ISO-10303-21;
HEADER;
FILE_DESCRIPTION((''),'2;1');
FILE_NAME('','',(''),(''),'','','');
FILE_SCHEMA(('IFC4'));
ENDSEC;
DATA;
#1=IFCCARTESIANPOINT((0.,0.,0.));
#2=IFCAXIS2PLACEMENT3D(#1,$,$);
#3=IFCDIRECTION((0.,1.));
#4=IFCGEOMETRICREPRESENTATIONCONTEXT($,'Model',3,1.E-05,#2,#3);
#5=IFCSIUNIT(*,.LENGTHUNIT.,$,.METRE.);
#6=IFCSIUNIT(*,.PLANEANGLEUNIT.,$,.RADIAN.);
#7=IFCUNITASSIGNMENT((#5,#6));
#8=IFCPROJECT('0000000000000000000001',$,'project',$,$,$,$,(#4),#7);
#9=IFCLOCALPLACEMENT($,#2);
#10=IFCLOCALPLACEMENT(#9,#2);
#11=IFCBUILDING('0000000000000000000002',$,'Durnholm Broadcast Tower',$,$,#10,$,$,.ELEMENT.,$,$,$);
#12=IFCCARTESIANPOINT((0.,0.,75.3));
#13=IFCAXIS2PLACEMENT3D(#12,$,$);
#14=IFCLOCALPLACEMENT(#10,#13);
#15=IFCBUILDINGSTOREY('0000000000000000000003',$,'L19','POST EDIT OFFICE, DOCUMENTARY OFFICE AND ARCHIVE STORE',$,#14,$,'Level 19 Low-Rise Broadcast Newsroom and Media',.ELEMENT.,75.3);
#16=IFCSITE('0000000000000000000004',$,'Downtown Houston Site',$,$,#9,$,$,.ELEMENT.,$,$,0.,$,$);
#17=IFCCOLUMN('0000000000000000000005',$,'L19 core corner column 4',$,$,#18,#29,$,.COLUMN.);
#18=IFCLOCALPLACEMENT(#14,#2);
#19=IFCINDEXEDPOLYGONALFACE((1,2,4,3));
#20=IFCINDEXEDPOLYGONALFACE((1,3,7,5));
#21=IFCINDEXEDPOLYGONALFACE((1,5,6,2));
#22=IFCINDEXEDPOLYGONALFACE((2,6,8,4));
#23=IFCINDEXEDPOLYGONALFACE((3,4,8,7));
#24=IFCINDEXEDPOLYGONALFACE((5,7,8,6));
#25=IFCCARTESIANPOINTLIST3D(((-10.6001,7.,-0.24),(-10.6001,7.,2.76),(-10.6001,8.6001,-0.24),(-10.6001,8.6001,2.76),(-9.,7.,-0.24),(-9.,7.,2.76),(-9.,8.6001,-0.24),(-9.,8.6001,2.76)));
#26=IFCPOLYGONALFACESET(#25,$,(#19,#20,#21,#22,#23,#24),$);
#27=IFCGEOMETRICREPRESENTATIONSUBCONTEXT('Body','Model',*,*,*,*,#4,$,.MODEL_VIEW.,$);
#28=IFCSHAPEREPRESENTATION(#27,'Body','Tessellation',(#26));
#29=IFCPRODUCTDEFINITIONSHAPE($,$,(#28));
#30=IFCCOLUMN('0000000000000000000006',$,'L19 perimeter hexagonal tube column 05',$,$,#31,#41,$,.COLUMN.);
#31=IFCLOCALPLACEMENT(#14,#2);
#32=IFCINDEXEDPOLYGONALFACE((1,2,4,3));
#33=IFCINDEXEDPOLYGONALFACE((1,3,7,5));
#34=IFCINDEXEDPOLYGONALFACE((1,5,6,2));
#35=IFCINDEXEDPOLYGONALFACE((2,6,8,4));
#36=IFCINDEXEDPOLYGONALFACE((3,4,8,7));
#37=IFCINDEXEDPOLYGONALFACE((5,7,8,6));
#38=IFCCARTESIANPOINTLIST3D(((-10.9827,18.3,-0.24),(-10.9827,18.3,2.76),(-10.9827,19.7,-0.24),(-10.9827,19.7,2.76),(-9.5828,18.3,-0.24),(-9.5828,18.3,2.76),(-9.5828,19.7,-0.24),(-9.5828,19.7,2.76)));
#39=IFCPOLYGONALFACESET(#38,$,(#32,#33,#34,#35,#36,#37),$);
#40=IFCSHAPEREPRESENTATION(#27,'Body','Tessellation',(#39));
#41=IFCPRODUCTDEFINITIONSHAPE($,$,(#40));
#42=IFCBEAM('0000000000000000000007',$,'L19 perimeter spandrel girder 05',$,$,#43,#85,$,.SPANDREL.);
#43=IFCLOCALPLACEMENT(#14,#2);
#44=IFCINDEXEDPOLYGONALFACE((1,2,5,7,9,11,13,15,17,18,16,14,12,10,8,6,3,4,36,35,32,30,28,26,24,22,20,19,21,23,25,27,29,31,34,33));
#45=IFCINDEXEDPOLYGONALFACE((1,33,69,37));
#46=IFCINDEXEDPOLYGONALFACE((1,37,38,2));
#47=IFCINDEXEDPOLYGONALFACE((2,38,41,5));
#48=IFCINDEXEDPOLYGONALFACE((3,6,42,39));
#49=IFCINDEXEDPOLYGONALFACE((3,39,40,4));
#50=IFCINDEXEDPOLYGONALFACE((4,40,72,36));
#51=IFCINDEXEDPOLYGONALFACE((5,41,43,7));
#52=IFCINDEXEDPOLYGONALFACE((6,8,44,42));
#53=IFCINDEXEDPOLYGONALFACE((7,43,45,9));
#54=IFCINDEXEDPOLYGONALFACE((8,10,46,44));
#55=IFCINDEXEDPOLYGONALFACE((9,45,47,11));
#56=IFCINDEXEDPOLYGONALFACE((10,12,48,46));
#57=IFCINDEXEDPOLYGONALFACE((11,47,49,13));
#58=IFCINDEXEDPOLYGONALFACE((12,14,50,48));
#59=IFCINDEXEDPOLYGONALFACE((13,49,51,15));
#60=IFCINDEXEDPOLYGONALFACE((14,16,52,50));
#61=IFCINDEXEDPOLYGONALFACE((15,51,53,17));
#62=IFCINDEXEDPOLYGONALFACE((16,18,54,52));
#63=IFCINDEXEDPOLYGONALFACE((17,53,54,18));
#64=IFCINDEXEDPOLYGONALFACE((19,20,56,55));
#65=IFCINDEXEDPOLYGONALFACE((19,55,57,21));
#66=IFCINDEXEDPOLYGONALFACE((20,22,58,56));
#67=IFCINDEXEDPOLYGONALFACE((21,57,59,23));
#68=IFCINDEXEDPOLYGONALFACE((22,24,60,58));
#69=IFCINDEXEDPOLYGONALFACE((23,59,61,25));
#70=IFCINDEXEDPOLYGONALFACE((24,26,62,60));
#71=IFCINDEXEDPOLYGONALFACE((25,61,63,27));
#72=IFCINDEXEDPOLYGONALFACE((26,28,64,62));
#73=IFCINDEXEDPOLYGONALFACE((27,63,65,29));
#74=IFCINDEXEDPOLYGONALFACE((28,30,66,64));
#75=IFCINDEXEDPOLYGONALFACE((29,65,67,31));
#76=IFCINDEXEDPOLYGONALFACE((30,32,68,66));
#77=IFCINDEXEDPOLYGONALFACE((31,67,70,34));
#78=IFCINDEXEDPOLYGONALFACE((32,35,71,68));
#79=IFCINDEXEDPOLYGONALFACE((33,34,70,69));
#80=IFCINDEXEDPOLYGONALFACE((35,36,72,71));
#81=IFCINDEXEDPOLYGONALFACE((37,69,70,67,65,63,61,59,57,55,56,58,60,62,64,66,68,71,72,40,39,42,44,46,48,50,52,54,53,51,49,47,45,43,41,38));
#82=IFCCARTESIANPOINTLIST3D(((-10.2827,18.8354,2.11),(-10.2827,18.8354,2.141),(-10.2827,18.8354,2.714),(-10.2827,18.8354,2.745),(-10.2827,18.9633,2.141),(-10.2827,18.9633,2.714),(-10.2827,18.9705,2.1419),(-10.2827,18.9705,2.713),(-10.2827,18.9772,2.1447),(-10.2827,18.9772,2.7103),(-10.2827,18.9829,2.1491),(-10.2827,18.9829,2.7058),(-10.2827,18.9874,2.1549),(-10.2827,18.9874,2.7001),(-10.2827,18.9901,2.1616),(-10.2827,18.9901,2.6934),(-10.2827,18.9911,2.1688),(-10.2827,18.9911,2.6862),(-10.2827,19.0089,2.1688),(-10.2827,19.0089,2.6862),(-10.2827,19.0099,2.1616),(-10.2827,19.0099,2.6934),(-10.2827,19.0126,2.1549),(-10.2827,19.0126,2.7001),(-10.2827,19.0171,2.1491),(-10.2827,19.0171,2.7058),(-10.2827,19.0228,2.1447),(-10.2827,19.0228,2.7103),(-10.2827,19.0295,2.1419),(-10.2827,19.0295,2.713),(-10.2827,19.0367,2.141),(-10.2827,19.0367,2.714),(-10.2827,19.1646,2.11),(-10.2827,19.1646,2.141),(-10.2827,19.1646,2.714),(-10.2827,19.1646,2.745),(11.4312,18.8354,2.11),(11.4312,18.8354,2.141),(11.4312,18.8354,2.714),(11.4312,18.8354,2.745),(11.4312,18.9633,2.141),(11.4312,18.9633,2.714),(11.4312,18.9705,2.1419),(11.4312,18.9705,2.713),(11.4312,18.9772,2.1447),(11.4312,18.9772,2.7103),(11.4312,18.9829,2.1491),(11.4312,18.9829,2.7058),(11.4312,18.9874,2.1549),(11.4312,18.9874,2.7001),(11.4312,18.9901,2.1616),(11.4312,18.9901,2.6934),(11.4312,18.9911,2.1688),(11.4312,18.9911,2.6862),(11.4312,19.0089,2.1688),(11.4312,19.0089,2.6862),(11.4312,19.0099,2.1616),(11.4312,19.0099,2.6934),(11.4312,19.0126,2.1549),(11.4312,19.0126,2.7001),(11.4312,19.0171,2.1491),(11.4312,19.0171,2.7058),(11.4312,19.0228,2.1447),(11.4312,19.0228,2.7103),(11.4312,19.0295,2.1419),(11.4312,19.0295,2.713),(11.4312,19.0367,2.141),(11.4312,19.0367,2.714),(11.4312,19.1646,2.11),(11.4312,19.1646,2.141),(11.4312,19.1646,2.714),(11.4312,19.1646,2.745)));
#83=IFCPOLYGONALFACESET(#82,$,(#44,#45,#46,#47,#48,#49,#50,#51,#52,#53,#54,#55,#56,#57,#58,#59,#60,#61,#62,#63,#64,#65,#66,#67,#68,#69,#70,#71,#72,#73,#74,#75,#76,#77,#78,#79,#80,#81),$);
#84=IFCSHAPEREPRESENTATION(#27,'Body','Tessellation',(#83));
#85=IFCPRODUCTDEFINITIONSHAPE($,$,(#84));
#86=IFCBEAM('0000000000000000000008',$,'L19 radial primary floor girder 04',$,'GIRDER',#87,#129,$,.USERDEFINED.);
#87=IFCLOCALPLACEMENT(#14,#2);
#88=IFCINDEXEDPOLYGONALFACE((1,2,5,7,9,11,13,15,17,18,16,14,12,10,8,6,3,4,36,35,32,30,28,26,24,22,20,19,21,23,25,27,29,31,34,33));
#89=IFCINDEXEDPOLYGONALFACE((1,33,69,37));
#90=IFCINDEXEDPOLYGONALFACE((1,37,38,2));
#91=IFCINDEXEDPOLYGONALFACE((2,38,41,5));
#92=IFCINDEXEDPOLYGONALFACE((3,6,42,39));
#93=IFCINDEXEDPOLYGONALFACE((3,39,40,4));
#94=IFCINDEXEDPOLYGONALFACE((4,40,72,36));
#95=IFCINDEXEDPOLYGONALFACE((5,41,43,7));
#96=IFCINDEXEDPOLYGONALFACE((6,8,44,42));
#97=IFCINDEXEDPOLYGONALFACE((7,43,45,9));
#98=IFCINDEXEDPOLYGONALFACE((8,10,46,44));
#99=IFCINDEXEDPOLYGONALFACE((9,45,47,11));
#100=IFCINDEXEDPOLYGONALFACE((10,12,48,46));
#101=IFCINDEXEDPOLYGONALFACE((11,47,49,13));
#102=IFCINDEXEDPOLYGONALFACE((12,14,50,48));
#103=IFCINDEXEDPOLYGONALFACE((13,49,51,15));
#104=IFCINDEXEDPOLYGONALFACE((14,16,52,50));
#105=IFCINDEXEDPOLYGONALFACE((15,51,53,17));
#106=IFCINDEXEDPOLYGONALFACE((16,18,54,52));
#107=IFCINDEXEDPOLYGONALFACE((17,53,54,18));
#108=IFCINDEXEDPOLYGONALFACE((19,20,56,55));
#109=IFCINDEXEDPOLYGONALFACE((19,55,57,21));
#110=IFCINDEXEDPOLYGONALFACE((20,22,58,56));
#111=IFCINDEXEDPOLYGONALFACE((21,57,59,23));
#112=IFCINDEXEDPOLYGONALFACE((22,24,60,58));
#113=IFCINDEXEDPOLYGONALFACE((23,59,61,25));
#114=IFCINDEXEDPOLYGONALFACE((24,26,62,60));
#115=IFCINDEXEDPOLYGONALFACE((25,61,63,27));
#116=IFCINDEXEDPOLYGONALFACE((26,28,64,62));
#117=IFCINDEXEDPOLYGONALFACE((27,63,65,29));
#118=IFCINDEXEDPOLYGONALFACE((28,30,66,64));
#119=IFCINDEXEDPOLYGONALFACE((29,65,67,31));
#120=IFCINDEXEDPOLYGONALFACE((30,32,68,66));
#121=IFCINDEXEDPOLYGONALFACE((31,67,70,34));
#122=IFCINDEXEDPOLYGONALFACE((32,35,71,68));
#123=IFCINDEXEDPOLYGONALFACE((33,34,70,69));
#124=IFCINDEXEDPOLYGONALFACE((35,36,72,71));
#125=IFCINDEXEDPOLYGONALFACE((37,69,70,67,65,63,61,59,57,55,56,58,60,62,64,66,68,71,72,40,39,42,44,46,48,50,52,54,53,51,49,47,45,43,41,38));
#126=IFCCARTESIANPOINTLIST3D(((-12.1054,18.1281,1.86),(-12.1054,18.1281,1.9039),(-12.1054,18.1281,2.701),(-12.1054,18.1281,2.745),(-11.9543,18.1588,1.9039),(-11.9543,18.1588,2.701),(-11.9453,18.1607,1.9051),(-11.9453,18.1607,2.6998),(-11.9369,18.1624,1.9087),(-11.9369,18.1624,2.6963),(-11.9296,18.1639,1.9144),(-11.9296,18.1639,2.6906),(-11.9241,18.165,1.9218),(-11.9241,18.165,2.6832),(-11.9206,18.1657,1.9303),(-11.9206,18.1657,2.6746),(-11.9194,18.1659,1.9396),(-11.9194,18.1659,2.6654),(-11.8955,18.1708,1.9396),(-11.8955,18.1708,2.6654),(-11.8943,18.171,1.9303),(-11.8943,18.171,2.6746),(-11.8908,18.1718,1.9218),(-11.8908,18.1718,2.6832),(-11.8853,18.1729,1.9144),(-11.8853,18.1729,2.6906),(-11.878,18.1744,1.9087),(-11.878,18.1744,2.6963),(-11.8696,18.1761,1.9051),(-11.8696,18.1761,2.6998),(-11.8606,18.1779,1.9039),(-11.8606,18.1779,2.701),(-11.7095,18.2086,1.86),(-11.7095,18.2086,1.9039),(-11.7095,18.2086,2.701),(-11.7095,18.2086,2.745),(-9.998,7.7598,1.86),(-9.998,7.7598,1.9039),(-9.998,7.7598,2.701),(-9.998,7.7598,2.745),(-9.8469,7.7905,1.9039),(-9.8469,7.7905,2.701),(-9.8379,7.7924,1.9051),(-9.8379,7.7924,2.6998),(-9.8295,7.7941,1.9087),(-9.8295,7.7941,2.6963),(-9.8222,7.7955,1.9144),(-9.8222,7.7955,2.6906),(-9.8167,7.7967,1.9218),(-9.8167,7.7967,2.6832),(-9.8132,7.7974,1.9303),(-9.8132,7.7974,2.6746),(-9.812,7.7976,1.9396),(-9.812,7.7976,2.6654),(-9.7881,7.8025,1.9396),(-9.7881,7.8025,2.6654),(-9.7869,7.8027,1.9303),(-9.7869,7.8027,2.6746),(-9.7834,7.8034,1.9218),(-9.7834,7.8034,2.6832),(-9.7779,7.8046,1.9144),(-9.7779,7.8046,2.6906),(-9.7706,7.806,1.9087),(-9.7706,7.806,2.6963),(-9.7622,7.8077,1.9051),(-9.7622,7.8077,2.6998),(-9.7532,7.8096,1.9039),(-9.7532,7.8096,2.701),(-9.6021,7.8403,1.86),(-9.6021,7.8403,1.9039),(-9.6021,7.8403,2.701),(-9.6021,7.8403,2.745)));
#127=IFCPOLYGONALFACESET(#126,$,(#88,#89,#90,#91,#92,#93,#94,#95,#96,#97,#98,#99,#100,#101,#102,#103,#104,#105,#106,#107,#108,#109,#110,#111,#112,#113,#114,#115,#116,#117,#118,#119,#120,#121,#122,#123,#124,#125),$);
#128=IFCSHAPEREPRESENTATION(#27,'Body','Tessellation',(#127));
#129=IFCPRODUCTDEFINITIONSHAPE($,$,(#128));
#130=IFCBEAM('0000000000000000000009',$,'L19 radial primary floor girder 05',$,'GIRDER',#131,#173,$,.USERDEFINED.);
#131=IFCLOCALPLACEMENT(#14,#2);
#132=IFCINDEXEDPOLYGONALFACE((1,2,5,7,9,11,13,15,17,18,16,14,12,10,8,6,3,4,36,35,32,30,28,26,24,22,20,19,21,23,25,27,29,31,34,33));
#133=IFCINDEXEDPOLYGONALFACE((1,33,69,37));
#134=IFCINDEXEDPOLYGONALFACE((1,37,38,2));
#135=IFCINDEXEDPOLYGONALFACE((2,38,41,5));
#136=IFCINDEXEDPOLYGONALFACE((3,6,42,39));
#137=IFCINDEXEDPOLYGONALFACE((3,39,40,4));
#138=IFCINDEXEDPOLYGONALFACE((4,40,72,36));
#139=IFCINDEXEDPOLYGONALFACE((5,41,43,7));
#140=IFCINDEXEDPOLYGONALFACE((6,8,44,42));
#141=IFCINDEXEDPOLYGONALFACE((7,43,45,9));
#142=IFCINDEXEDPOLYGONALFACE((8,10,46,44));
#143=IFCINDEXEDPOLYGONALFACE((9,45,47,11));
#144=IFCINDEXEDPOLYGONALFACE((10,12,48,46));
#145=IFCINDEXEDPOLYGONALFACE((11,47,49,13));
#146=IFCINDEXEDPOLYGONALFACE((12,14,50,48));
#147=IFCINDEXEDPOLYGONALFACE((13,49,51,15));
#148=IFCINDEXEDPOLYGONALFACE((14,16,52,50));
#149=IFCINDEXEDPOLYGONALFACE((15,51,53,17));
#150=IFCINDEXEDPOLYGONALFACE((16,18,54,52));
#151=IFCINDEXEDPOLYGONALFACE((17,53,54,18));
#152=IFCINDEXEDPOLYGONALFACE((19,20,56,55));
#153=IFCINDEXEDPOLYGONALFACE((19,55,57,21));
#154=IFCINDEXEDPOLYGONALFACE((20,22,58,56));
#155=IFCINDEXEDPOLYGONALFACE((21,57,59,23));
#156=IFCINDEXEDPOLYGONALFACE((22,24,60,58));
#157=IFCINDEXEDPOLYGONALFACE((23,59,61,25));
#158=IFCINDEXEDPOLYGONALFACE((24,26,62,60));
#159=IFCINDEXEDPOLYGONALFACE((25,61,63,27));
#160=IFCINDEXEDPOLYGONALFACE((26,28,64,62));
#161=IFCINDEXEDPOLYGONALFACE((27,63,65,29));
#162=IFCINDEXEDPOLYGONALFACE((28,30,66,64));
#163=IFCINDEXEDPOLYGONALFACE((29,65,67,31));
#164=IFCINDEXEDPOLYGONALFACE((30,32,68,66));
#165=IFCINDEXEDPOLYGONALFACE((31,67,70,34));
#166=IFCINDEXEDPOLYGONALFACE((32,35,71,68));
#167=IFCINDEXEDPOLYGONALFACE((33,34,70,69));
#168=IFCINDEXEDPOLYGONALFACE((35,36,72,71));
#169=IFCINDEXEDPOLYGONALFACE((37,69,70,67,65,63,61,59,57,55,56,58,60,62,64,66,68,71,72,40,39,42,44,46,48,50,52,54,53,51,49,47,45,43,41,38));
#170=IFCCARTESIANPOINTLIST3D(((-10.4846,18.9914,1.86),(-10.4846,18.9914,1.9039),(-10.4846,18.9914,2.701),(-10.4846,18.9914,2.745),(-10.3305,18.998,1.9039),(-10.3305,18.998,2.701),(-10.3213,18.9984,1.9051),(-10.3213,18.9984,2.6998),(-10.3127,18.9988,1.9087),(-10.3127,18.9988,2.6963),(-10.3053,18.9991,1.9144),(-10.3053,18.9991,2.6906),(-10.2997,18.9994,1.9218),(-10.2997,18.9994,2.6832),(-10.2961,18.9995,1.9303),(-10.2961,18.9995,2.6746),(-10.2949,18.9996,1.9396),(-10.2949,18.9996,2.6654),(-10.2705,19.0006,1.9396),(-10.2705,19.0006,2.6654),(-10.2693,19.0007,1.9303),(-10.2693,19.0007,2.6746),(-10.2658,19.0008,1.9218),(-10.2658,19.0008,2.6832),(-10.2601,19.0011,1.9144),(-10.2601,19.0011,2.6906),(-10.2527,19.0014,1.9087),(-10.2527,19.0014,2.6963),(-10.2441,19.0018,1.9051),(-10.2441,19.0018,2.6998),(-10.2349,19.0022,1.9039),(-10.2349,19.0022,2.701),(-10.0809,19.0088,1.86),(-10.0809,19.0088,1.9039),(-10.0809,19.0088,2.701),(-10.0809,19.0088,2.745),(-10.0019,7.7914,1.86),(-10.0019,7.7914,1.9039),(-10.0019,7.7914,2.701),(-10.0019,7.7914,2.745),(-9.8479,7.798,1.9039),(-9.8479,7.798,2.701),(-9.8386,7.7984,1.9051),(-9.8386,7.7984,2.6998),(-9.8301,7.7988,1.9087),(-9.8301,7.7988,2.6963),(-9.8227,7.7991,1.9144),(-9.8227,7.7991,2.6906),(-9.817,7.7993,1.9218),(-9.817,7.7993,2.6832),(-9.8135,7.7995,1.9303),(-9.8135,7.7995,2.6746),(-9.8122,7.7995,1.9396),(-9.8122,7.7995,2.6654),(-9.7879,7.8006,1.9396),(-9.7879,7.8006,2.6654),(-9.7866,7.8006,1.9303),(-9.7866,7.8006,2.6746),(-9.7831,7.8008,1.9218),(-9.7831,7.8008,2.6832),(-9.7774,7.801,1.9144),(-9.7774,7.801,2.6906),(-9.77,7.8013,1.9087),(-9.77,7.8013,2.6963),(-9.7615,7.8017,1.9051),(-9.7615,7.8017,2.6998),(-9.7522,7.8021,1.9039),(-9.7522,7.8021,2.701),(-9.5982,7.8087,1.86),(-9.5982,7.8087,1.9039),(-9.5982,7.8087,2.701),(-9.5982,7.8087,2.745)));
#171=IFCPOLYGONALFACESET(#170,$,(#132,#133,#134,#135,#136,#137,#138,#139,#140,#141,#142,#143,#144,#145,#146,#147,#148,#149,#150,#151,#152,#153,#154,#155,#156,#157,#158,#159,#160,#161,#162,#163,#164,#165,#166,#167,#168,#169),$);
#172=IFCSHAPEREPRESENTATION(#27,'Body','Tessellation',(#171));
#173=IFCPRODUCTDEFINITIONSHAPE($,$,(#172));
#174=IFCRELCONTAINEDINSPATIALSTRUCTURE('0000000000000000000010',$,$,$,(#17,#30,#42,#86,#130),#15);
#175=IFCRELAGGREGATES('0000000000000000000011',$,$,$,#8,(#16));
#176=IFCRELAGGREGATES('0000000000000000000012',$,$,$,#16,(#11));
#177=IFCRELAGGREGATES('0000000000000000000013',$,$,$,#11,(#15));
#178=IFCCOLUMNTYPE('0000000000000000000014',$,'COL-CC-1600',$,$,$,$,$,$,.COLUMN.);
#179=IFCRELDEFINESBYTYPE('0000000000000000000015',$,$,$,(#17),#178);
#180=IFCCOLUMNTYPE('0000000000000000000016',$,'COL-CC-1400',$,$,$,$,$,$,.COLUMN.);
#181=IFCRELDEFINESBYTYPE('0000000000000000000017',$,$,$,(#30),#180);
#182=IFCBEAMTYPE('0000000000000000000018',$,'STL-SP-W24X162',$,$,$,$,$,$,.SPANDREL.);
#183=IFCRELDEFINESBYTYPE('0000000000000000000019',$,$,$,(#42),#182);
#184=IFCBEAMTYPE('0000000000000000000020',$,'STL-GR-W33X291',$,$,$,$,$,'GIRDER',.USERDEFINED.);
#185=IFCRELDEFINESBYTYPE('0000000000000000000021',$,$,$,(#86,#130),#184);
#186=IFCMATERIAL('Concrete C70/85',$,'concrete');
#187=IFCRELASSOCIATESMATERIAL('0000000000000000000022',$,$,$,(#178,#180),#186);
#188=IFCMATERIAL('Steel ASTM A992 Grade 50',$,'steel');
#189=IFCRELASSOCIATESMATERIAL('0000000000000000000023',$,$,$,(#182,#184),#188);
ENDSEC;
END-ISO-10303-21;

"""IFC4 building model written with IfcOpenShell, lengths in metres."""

from ifc_helpers import new_model, si_unit, direction, frame, origin, origin_2d, place, context, subcontext, project, spatial, rectangle, i_section, extrude, source, transform, mapped, material, material_profile, profile_set, type_object, type_shapes, element, save


model = new_model("IFC4")

# Units and contexts
model_context = context("Model", 3, precision=1e-05, world=origin(), true_north=direction((0.0, 1.0)))
body_context = subcontext(model_context, "Body", "Model", "MODEL_VIEW")
ifc_project = project(units=[si_unit("LENGTHUNIT", "METRE"), si_unit("PLANEANGLEUNIT", "RADIAN")], contexts=[model_context])

# Site, building, storey
site_placement = place(None, origin())
site = spatial("IfcSite", under=ifc_project, at=site_placement, Name="Downtown Houston Site", CompositionType="ELEMENT", RefElevation=0.0)
building_placement = place(site_placement, origin())
building = spatial("IfcBuilding", under=site, at=building_placement, Name="Durnholm Broadcast Tower", CompositionType="ELEMENT")
storey_placement = place(building_placement, frame((0.0, 0.0, 75.3)))
storey = spatial("IfcBuildingStorey", under=building, at=storey_placement, Name="L19", Description="POST EDIT OFFICE, DOCUMENTARY OFFICE AND ARCHIVE STORE", LongName="Level 19 Low-Rise Broadcast Newsroom and Media", CompositionType="ELEMENT", Elevation=75.3)

# Columns
ifc_material_1 = material(Name="Concrete C70/85", Category="concrete")
ifc_material_profile_1 = material_profile(ifc_material_1, rectangle(XDim=1.6001, YDim=1.6001, at=origin_2d()), Name="RC1600X1600")
ifc_profile_set_1 = profile_set([ifc_material_profile_1], Name="Concrete C70/85")
column_type_1 = type_object("IfcColumnType", Name="COL-CC-1600", PredefinedType="COLUMN", material=ifc_profile_set_1)
shared_shape_1 = source(origin(), body_context, "Body", "SweptSolid", [
    extrude(rectangle(XDim=1.6001, YDim=1.6001, at=origin_2d()), origin(), (0.0, 0.0, 1.0), 3.0),
])
type_shapes(column_type_1, [shared_shape_1])
column_1_placement = place(storey_placement, frame((-9.8, 7.8, -0.24), z_axis=(0.0, 0.0, 1.0), x_axis=(1.0, 0.0, 0.0)))
element("IfcColumn", 1, at=column_1_placement, inside=storey, type_object=column_type_1, Name="L19 core corner column 4", PredefinedType="COLUMN", context=body_context, shape_type="MappedRepresentation", body=[
    mapped(shared_shape_1, transform((0.0, 0.0, 0.0), x_axis=(1.0, 0.0, 0.0), y_axis=(0.0, 1.0, 0.0), z_axis=(0.0, 0.0, 1.0), scale=1.0)),
])
ifc_material_profile_2 = material_profile(ifc_material_1, rectangle(XDim=1.3999, YDim=1.3999, at=origin_2d()), Name="RC1400X1400")
ifc_profile_set_2 = profile_set([ifc_material_profile_2], Name="Concrete C70/85")
column_type_2 = type_object("IfcColumnType", Name="COL-CC-1400", PredefinedType="COLUMN", material=ifc_profile_set_2)
shared_shape_2 = source(origin(), body_context, "Body", "SweptSolid", [
    extrude(rectangle(XDim=1.3999, YDim=1.3999, at=origin_2d()), origin(), (0.0, 0.0, 1.0), 3.0),
])
type_shapes(column_type_2, [shared_shape_2])
column_2_placement = place(storey_placement, frame((-10.2827, 19.0, -0.24), z_axis=(0.0, 0.0, 1.0), x_axis=(1.0, 0.0, 0.0)))
element("IfcColumn", 2, at=column_2_placement, inside=storey, type_object=column_type_2, Name="L19 perimeter hexagonal tube column 05", PredefinedType="COLUMN", context=body_context, shape_type="MappedRepresentation", body=[
    mapped(shared_shape_2, transform((0.0, 0.0, 0.0), x_axis=(1.0, 0.0, 0.0), y_axis=(0.0, 1.0, 0.0), z_axis=(0.0, 0.0, 1.0), scale=1.0)),
])

# Beams
ifc_material_2 = material(Name="Steel ASTM A992 Grade 50", Category="steel")
ifc_material_profile_3 = material_profile(ifc_material_2, i_section(OverallWidth=0.3291, OverallDepth=0.635, WebThickness=0.0178, FlangeThickness=0.031, FilletRadius=0.0278, at=origin_2d()), Name="W24X162")
ifc_profile_set_3 = profile_set([ifc_material_profile_3], Name="Steel ASTM A992 Grade 50")
beam_type_1 = type_object("IfcBeamType", Name="STL-SP-W24X162", PredefinedType="SPANDREL", material=ifc_profile_set_3)
shared_shape_3 = source(origin(), body_context, "Body", "SweptSolid", [
    extrude(i_section(OverallWidth=0.3291, OverallDepth=0.635, WebThickness=0.0178, FlangeThickness=0.031, FilletRadius=0.0278, at=origin_2d()), origin(), (0.0, 0.0, 1.0), 21.7139),
])
type_shapes(beam_type_1, [shared_shape_3])
beam_1_placement = place(storey_placement, frame((-10.2827, 19.0, 2.4275), z_axis=(1.0, 0.0, 0.0), x_axis=(0.0, 1.0, 0.0)))
element("IfcBeam", 3, at=beam_1_placement, inside=storey, type_object=beam_type_1, Name="L19 perimeter spandrel girder 05", PredefinedType="SPANDREL", context=body_context, shape_type="MappedRepresentation", body=[
    mapped(shared_shape_3, transform((0.0, 0.0, 0.0), x_axis=(1.0, 0.0, 0.0), y_axis=(0.0, 1.0, 0.0), z_axis=(0.0, 0.0, 1.0), scale=1.0)),
])
ifc_material_profile_4 = material_profile(ifc_material_2, i_section(OverallWidth=0.4041, OverallDepth=0.885, WebThickness=0.0244, FlangeThickness=0.0439, FilletRadius=0.0356, at=origin_2d()), Name="W33X291")
ifc_profile_set_4 = profile_set([ifc_material_profile_4], Name="Steel ASTM A992 Grade 50")
beam_type_2 = type_object("IfcBeamType", Name="STL-GR-W33X291", ElementType="GIRDER", PredefinedType="USERDEFINED", material=ifc_profile_set_4)
shared_shape_4 = source(origin(), body_context, "Body", "SweptSolid", [
    extrude(i_section(OverallWidth=0.4041, OverallDepth=0.885, WebThickness=0.0244, FlangeThickness=0.0439, FilletRadius=0.0356, at=origin_2d()), origin(), (0.0, 0.0, 1.0), 10.5803),
])
beam_2_placement = place(storey_placement, frame((-9.8, 7.8, 2.3025), z_axis=(-0.199181, 0.979963, 0.0), x_axis=(-0.979963, -0.199181, 0.0)))
element("IfcBeam", 4, at=beam_2_placement, inside=storey, type_object=beam_type_2, Name="L19 radial primary floor girder 04", ObjectType="GIRDER", PredefinedType="USERDEFINED", context=body_context, shape_type="MappedRepresentation", body=[
    mapped(shared_shape_4, transform((0.0, 0.0, 0.0), x_axis=(1.0, 0.0, 0.0), y_axis=(0.0, 1.0, 0.0), z_axis=(0.0, 0.0, 1.0), scale=1.0)),
])
shared_shape_5 = source(origin(), body_context, "Body", "SweptSolid", [
    extrude(i_section(OverallWidth=0.4041, OverallDepth=0.885, WebThickness=0.0244, FlangeThickness=0.0439, FilletRadius=0.0356, at=origin_2d()), origin(), (0.0, 0.0, 1.0), 11.2104),
])
type_shapes(beam_type_2, [shared_shape_4, shared_shape_5])
beam_3_placement = place(storey_placement, frame((-9.8, 7.8, 2.3025), z_axis=(-0.043055, 0.999073, 0.0), x_axis=(-0.999073, -0.043055, 0.0)))
element("IfcBeam", 5, at=beam_3_placement, inside=storey, type_object=beam_type_2, Name="L19 radial primary floor girder 05", ObjectType="GIRDER", PredefinedType="USERDEFINED", context=body_context, shape_type="MappedRepresentation", body=[
    mapped(shared_shape_5, transform((0.0, 0.0, 0.0), x_axis=(1.0, 0.0, 0.0), y_axis=(0.0, 1.0, 0.0), z_axis=(0.0, 0.0, 1.0), scale=1.0)),
])

save(model, "model.ifc")
